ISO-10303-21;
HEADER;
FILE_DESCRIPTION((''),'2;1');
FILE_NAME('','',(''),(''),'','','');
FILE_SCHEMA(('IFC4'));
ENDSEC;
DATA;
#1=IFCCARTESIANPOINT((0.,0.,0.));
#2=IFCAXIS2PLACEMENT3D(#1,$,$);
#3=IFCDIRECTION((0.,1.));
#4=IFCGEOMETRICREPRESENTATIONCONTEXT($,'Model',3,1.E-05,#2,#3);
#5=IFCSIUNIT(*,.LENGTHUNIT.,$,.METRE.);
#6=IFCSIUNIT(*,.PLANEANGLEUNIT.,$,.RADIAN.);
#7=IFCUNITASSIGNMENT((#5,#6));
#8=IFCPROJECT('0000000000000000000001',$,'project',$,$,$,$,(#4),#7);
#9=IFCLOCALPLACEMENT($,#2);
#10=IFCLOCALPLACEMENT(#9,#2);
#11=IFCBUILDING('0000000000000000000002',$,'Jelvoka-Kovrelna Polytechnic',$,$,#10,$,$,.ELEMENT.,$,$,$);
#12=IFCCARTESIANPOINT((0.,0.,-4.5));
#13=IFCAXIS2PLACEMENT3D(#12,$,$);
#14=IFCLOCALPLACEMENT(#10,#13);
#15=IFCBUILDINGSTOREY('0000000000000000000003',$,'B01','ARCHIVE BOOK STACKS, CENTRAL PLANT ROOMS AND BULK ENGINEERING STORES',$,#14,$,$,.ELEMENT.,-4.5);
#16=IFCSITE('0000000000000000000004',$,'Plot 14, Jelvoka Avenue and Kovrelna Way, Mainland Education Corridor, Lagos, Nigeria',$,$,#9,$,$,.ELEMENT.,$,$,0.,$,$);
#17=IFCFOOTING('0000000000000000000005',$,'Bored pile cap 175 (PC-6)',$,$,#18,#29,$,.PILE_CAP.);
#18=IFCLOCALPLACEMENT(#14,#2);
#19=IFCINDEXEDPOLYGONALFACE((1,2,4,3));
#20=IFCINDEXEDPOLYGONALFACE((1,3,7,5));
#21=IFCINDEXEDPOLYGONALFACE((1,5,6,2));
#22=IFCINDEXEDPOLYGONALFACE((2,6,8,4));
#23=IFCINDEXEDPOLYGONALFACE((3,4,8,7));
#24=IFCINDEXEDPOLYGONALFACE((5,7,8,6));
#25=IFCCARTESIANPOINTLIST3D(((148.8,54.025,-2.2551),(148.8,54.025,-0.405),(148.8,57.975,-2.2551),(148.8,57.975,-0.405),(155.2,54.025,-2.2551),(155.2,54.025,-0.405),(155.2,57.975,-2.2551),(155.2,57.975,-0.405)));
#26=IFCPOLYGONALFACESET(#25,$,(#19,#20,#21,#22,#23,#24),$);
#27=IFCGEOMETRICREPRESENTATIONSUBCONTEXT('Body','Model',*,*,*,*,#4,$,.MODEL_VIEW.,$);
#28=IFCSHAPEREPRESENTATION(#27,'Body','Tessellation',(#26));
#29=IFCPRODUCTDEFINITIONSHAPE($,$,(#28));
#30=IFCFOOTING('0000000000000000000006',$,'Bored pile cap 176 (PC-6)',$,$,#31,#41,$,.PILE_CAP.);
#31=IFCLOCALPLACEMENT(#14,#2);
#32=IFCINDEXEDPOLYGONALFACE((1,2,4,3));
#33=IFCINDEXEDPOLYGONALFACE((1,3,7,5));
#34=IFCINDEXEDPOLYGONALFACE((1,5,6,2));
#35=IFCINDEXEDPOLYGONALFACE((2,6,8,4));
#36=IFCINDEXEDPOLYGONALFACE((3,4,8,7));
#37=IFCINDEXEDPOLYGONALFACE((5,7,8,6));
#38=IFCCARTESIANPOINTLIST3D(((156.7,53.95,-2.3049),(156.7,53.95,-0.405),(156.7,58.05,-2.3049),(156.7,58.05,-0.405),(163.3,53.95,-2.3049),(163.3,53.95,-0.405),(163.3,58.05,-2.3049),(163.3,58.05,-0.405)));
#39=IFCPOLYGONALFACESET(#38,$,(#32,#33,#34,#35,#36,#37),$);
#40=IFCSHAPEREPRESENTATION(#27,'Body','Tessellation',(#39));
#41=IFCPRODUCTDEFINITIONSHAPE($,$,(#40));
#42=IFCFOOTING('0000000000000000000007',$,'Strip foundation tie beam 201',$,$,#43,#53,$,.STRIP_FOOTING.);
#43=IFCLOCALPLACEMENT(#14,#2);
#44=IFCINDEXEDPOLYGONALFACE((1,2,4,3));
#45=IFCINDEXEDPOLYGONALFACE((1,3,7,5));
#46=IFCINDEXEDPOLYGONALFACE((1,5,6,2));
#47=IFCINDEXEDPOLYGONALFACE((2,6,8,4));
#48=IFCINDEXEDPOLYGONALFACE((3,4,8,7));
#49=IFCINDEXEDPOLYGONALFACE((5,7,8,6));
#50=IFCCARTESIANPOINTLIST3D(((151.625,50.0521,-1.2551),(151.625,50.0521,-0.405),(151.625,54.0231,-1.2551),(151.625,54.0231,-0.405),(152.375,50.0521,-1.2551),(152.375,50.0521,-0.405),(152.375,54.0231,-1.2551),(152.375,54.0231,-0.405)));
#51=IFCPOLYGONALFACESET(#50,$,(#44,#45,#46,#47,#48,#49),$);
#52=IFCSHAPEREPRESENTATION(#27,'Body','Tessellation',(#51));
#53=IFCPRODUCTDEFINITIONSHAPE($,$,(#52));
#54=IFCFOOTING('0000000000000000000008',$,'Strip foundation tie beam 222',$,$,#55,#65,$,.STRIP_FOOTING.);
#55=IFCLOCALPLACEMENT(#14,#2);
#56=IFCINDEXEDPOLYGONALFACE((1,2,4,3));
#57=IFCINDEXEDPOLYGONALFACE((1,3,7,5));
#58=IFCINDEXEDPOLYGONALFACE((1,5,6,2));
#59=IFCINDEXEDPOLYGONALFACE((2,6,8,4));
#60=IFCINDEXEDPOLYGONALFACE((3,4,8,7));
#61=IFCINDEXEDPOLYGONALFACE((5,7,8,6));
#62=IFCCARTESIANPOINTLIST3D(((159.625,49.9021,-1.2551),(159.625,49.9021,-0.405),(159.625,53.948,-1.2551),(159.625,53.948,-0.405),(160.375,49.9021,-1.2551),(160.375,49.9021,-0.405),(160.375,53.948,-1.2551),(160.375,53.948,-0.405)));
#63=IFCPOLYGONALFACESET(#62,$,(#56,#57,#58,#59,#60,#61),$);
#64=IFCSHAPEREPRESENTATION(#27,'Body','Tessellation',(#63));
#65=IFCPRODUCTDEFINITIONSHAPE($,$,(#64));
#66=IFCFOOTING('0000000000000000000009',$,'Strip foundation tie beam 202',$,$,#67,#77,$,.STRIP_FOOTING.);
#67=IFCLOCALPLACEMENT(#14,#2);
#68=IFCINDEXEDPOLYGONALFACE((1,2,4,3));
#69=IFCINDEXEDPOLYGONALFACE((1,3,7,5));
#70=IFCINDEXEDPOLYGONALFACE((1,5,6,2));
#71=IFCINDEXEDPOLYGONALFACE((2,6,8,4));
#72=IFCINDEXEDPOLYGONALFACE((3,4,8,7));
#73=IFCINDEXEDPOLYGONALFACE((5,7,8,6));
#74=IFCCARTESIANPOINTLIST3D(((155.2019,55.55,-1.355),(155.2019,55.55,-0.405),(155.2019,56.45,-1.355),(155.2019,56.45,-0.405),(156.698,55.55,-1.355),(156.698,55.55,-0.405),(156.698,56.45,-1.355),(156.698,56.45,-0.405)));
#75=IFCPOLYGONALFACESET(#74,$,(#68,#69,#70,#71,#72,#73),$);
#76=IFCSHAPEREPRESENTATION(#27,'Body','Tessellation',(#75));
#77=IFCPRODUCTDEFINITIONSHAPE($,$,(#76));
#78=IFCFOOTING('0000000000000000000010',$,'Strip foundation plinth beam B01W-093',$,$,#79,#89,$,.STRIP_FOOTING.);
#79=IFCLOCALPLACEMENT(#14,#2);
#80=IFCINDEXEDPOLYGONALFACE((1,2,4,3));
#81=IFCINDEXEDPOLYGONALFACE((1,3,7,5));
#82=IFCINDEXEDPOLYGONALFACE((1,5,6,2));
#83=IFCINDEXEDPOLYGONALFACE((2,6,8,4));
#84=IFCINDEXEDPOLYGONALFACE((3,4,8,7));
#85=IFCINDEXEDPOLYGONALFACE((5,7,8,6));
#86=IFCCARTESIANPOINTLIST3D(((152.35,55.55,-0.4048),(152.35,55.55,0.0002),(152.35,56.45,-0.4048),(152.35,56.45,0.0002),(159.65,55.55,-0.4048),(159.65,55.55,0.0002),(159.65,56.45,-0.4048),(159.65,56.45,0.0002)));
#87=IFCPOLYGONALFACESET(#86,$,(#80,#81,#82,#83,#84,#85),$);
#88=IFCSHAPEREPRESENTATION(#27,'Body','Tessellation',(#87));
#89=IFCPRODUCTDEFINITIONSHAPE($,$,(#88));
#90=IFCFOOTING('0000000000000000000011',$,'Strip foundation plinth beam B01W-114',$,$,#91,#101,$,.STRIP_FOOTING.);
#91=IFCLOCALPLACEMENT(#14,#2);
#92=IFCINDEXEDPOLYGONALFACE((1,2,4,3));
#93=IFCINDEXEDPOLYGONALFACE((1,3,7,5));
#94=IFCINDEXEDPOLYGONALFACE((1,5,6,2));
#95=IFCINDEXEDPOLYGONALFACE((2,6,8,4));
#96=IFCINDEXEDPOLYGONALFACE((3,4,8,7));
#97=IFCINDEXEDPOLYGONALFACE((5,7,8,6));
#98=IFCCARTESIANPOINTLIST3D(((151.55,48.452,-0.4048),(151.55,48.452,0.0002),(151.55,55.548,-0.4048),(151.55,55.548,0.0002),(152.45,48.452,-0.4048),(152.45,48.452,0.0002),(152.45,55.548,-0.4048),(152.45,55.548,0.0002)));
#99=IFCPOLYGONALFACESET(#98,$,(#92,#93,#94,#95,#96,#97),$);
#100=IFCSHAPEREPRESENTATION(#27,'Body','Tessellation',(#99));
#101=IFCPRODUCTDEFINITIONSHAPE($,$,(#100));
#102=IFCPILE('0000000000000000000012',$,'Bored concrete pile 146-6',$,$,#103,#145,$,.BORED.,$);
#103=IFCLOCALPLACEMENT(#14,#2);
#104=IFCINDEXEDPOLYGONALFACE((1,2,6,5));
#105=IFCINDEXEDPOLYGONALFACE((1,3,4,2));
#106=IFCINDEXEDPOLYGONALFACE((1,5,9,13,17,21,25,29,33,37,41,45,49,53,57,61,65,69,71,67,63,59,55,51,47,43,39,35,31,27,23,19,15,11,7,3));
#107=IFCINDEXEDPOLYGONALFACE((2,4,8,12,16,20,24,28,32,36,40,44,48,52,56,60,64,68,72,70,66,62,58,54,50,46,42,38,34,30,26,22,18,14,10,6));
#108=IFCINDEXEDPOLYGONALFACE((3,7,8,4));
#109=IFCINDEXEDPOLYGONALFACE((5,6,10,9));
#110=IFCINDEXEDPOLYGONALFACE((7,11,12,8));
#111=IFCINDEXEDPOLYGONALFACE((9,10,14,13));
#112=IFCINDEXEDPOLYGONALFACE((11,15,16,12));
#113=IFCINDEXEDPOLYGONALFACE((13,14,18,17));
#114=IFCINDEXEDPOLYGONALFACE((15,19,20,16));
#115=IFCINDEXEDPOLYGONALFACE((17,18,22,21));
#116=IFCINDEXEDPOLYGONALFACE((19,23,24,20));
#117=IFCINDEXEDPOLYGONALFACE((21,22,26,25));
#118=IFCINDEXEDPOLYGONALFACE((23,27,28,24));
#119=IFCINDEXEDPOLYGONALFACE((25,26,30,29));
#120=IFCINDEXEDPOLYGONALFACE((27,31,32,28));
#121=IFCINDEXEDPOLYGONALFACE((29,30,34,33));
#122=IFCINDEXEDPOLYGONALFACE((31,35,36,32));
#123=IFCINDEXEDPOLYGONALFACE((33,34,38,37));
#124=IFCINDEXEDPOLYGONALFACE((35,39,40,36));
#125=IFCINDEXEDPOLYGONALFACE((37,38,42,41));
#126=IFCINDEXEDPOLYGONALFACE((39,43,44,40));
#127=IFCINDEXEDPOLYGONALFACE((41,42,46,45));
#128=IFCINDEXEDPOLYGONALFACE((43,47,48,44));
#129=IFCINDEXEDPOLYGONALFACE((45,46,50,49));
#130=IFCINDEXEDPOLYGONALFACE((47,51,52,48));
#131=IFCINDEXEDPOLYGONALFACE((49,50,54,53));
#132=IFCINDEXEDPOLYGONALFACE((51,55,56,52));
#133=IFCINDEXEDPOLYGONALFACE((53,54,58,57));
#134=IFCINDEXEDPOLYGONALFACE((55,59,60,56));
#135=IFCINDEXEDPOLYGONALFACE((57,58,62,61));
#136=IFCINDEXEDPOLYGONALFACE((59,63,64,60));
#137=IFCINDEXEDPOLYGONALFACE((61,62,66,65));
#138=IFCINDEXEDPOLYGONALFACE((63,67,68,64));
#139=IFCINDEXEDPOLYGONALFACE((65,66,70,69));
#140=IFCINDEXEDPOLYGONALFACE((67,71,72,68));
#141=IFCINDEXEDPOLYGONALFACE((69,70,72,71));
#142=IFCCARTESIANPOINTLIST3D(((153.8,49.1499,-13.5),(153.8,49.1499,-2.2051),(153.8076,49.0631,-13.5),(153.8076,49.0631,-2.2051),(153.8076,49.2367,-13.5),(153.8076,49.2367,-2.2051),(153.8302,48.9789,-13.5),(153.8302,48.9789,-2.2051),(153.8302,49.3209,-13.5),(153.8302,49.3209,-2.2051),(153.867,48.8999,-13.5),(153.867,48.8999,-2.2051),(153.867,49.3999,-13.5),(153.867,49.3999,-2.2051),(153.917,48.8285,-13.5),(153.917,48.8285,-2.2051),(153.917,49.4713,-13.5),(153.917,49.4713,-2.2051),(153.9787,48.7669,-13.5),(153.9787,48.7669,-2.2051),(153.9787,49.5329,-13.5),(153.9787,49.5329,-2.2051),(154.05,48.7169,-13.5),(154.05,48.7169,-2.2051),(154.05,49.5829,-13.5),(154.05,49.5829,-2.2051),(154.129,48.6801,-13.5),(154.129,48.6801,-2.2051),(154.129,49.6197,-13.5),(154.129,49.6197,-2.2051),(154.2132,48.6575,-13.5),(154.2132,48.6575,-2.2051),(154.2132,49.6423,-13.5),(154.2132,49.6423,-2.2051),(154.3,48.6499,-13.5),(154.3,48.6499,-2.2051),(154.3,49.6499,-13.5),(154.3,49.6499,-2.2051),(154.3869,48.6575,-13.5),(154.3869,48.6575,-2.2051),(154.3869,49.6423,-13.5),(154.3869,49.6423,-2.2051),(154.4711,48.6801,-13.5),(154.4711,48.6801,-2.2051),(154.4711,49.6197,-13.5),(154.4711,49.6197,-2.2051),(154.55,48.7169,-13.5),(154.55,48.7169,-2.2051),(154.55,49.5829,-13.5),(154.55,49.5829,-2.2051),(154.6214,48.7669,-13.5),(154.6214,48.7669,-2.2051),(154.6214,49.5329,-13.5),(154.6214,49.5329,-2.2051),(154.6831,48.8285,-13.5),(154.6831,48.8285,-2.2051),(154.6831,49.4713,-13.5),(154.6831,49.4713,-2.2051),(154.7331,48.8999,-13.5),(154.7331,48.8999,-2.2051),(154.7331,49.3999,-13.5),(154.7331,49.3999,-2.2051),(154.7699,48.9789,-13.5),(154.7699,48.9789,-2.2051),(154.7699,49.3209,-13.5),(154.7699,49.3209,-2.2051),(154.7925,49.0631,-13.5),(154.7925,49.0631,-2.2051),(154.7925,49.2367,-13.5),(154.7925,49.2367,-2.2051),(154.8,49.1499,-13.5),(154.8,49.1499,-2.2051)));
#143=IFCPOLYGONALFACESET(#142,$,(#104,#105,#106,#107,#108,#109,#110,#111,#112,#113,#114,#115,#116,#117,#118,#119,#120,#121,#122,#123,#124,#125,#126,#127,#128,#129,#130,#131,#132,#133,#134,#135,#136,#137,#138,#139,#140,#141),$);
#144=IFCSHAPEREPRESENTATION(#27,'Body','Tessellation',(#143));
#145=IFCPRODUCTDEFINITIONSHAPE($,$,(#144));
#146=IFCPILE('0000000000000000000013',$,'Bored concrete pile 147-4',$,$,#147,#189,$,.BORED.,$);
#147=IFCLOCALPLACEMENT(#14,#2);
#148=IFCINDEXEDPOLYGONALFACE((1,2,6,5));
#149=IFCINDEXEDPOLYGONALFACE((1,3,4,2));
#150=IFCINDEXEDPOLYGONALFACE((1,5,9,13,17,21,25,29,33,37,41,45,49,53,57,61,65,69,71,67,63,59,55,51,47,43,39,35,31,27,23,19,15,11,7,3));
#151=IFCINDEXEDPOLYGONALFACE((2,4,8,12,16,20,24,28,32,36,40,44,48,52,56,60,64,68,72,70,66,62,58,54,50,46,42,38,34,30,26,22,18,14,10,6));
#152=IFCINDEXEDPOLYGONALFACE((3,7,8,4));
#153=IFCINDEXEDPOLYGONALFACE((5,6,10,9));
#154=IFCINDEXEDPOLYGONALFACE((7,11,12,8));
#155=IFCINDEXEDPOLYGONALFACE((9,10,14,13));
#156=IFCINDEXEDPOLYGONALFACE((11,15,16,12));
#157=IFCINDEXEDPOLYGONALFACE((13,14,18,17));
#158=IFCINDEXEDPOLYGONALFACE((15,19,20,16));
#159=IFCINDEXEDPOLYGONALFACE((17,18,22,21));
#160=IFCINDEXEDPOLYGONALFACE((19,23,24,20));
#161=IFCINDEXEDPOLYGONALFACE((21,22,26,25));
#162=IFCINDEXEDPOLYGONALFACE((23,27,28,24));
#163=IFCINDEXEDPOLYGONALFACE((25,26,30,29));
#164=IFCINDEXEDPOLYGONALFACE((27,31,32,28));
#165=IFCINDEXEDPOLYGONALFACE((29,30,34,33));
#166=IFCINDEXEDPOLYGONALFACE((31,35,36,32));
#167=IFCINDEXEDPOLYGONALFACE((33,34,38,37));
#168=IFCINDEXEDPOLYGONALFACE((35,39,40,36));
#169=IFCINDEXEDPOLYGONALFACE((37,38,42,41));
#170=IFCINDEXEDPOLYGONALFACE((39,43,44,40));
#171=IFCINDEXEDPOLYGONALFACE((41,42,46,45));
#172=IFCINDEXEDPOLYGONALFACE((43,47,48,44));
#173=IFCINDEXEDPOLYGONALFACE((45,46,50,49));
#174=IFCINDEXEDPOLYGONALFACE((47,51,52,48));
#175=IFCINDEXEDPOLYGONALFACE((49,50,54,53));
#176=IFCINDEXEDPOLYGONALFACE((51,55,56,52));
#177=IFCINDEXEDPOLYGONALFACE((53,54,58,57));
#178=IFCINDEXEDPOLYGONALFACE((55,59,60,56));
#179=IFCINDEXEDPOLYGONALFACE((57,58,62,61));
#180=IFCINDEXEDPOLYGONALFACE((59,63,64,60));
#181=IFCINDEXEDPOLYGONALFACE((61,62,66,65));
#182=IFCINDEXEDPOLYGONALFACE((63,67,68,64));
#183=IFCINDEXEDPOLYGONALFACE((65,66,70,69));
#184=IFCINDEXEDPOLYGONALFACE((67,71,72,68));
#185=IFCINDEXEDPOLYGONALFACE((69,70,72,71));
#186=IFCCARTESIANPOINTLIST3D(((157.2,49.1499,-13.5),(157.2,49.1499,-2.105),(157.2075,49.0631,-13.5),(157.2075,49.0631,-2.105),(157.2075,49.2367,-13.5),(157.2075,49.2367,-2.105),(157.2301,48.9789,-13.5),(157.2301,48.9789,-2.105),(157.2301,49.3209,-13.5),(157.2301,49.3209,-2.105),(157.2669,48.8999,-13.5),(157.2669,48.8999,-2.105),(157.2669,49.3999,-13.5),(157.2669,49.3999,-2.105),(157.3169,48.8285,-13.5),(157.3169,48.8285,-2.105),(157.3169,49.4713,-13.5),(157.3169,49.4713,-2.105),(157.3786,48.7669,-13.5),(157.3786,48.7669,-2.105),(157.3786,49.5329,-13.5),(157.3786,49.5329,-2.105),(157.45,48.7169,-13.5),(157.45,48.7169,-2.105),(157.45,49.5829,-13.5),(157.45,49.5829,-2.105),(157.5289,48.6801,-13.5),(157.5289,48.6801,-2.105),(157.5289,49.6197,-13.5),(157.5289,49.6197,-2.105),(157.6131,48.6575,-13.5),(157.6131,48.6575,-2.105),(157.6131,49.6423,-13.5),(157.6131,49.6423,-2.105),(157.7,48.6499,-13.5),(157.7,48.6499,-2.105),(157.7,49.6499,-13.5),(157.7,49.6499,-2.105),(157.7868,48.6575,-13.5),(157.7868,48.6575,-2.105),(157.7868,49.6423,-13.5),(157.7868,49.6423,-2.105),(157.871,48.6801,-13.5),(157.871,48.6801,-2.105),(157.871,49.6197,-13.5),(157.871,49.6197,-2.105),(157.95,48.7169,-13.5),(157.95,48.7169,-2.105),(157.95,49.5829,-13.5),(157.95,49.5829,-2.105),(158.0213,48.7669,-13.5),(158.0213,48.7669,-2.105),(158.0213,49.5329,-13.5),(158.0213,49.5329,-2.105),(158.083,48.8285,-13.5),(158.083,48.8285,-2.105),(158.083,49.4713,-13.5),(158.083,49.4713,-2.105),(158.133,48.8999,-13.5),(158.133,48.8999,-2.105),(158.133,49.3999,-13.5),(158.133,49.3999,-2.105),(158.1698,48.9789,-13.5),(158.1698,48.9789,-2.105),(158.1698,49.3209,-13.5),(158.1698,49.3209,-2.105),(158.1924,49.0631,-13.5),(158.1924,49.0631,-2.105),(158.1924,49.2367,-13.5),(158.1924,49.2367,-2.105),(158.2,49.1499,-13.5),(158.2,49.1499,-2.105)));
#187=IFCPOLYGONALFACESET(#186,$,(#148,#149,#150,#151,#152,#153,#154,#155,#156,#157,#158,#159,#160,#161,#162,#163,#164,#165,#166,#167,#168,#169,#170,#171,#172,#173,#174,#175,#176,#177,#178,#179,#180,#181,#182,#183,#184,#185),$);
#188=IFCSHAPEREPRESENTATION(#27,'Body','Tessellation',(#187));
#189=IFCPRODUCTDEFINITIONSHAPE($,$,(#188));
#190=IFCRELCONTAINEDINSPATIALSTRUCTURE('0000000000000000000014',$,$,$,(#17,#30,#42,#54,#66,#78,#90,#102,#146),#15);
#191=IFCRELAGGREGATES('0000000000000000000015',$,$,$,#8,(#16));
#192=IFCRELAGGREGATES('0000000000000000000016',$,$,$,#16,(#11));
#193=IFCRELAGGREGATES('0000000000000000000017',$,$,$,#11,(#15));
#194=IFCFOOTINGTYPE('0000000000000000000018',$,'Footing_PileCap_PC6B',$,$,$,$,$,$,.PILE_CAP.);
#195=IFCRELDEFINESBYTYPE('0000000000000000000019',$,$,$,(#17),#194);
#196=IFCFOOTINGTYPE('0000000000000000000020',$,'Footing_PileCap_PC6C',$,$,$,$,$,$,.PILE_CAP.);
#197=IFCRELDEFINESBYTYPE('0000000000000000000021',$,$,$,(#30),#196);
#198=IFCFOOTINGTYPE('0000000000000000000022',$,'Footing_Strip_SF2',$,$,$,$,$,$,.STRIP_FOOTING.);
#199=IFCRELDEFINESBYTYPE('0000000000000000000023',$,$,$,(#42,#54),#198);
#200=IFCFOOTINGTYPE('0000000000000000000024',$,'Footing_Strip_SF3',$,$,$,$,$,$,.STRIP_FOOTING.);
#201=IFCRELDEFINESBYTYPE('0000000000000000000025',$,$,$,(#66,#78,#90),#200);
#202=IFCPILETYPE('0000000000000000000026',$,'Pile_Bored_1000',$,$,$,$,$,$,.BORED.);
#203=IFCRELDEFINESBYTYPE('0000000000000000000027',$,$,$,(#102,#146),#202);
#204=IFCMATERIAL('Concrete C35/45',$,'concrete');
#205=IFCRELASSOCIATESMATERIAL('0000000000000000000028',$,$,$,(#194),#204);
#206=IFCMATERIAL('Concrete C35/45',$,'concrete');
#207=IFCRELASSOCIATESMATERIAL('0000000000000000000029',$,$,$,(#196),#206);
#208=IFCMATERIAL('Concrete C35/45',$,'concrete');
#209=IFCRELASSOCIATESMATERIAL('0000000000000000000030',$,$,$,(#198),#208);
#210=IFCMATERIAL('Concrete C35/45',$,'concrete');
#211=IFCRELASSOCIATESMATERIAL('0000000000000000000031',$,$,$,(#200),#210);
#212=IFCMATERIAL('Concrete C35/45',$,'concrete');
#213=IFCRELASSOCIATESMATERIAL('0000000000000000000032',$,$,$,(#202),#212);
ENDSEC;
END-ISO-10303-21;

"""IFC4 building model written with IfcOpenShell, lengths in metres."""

from ifc_helpers import new_model, si_unit, direction, frame, origin, origin_2d, place, context, subcontext, project, spatial, rectangle, circle, extrude, material, material_profile, profile_set, type_object, element, save


model = new_model("IFC4")

# Units and contexts
model_context = context("Model", 3, precision=1e-05, world=origin(), true_north=direction((0.0, 1.0)))
body_context = subcontext(model_context, "Body", "Model", "MODEL_VIEW")
ifc_project = project(units=[si_unit("LENGTHUNIT", "METRE"), si_unit("PLANEANGLEUNIT", "RADIAN")], contexts=[model_context])

# Site, building, storey
site_placement = place(None, origin())
site = spatial("IfcSite", under=ifc_project, at=site_placement, Name="Plot 14, Jelvoka Avenue and Kovrelna Way, Mainland Education Corridor, Lagos, Nigeria", CompositionType="ELEMENT", RefElevation=0.0)
building_placement = place(site_placement, origin())
building = spatial("IfcBuilding", under=site, at=building_placement, Name="Jelvoka-Kovrelna Polytechnic", CompositionType="ELEMENT")
storey_placement = place(building_placement, frame((0.0, 0.0, -4.5)))
storey = spatial("IfcBuildingStorey", under=building, at=storey_placement, Name="B01", Description="ARCHIVE BOOK STACKS, CENTRAL PLANT ROOMS AND BULK ENGINEERING STORES", CompositionType="ELEMENT", Elevation=-4.5)

# Footings
ifc_material_1 = material(Name="Concrete C35/45", Category="concrete")
footing_type_1 = type_object("IfcFootingType", Name="Footing_PileCap_PC6B", PredefinedType="PILE_CAP", material=ifc_material_1)
footing_1_placement = place(storey_placement, frame((152.0, 56.0, -2.2551), z_axis=(0.0, 0.0, 1.0), x_axis=(1.0, 0.0, 0.0)))
element("IfcFooting", 1, at=footing_1_placement, inside=storey, type_object=footing_type_1, Name="Bored pile cap 175 (PC-6)", PredefinedType="PILE_CAP", context=body_context, shape_type="SweptSolid", body=[
    extrude(rectangle(XDim=6.3999, YDim=3.95, at=origin_2d()), origin(), (0.0, 0.0, 1.0), 1.8501),
])
ifc_material_2 = material(Name="Concrete C35/45", Category="concrete")
footing_type_2 = type_object("IfcFootingType", Name="Footing_PileCap_PC6C", PredefinedType="PILE_CAP", material=ifc_material_2)
footing_2_placement = place(storey_placement, frame((160.0, 56.0, -2.3049), z_axis=(0.0, 0.0, 1.0), x_axis=(1.0, 0.0, 0.0)))
element("IfcFooting", 2, at=footing_2_placement, inside=storey, type_object=footing_type_2, Name="Bored pile cap 176 (PC-6)", PredefinedType="PILE_CAP", context=body_context, shape_type="SweptSolid", body=[
    extrude(rectangle(XDim=6.6001, YDim=4.1001, at=origin_2d()), origin(), (0.0, 0.0, 1.0), 1.8999),
])
ifc_material_3 = material(Name="Concrete C35/45", Category="concrete")
footing_type_3 = type_object("IfcFootingType", Name="Footing_Strip_SF2", PredefinedType="STRIP_FOOTING", material=ifc_material_3)
footing_3_placement = place(storey_placement, frame((152.0, 52.0376, -1.2551), z_axis=(0.0, 0.0, 1.0), x_axis=(0.0, 1.0, 0.0)))
element("IfcFooting", 3, at=footing_3_placement, inside=storey, type_object=footing_type_3, Name="Strip foundation tie beam 201", PredefinedType="STRIP_FOOTING", context=body_context, shape_type="SweptSolid", body=[
    extrude(rectangle(XDim=3.9709, YDim=0.75, at=origin_2d()), origin(), (0.0, 0.0, 1.0), 0.8501),
])
footing_4_placement = place(storey_placement, frame((160.0, 51.925, -1.2551), z_axis=(0.0, 0.0, 1.0), x_axis=(0.0, 1.0, 0.0)))
element("IfcFooting", 4, at=footing_4_placement, inside=storey, type_object=footing_type_3, Name="Strip foundation tie beam 222", PredefinedType="STRIP_FOOTING", context=body_context, shape_type="SweptSolid", body=[
    extrude(rectangle(XDim=4.0459, YDim=0.75, at=origin_2d()), origin(), (0.0, 0.0, 1.0), 0.8501),
])
ifc_material_4 = material(Name="Concrete C35/45", Category="concrete")
footing_type_4 = type_object("IfcFootingType", Name="Footing_Strip_SF3", PredefinedType="STRIP_FOOTING", material=ifc_material_4)
footing_5_placement = place(storey_placement, frame((155.95, 56.0, -1.355), z_axis=(0.0, 0.0, 1.0), x_axis=(1.0, 0.0, 0.0)))
element("IfcFooting", 5, at=footing_5_placement, inside=storey, type_object=footing_type_4, Name="Strip foundation tie beam 202", PredefinedType="STRIP_FOOTING", context=body_context, shape_type="SweptSolid", body=[
    extrude(rectangle(XDim=1.4961, YDim=0.8999, at=origin_2d()), origin(), (0.0, 0.0, 1.0), 0.95),
])
footing_6_placement = place(storey_placement, frame((156.0, 56.0, -0.4048), z_axis=(0.0, 0.0, 1.0), x_axis=(1.0, 0.0, 0.0)))
element("IfcFooting", 6, at=footing_6_placement, inside=storey, type_object=footing_type_4, Name="Strip foundation plinth beam B01W-093", PredefinedType="STRIP_FOOTING", context=body_context, shape_type="SweptSolid", body=[
    extrude(rectangle(XDim=7.3, YDim=0.8999, at=origin_2d()), origin(), (0.0, 0.0, 1.0), 0.405),
])
footing_7_placement = place(storey_placement, frame((152.0, 52.0, -0.4048), z_axis=(0.0, 0.0, 1.0), x_axis=(0.0, 1.0, 0.0)))
element("IfcFooting", 7, at=footing_7_placement, inside=storey, type_object=footing_type_4, Name="Strip foundation plinth beam B01W-114", PredefinedType="STRIP_FOOTING", context=body_context, shape_type="SweptSolid", body=[
    extrude(rectangle(XDim=7.0959, YDim=0.8999, at=origin_2d()), origin(), (0.0, 0.0, 1.0), 0.405),
])

# Piles
ifc_material_5 = material(Name="Concrete C35/45", Category="concrete")
ifc_material_profile_1 = material_profile(ifc_material_5, circle(Radius=0.5, at=origin_2d()), Name="PILE D1000")
ifc_profile_set_1 = profile_set([ifc_material_profile_1], Name="Concrete C35/45")
pile_type = type_object("IfcPileType", Name="Pile_Bored_1000", PredefinedType="BORED", material=ifc_profile_set_1)
pile_placement = place(storey_placement, frame((154.3, 49.1499, -2.2051), z_axis=(0.0, 0.0, -1.0), x_axis=(1.0, 0.0, 0.0)))
element("IfcPile", 8, at=pile_placement, inside=storey, type_object=pile_type, Name="Bored concrete pile 146-6", PredefinedType="BORED", context=body_context, shape_type="SweptSolid", body=[
    extrude(circle(Radius=0.5, at=origin_2d()), origin(), (0.0, 0.0, 1.0), 11.2949),
])
for number, where, z_axis, x_axis, name in (
    (9, (157.7, 49.1499, -2.105), (0.0, 0.0, -1.0), (1.0, 0.0, 0.0), "Bored concrete pile 147-4"),
):
    element("IfcPile", number, at=place(storey_placement, frame(where, z_axis=z_axis, x_axis=x_axis)), inside=storey, type_object=pile_type, Name=name, PredefinedType="BORED", context=body_context, shape_type="SweptSolid", body=[
        extrude(circle(Radius=0.5, at=origin_2d()), origin(), (0.0, 0.0, 1.0), 11.395),
    ])

save(model, "model.ifc")
